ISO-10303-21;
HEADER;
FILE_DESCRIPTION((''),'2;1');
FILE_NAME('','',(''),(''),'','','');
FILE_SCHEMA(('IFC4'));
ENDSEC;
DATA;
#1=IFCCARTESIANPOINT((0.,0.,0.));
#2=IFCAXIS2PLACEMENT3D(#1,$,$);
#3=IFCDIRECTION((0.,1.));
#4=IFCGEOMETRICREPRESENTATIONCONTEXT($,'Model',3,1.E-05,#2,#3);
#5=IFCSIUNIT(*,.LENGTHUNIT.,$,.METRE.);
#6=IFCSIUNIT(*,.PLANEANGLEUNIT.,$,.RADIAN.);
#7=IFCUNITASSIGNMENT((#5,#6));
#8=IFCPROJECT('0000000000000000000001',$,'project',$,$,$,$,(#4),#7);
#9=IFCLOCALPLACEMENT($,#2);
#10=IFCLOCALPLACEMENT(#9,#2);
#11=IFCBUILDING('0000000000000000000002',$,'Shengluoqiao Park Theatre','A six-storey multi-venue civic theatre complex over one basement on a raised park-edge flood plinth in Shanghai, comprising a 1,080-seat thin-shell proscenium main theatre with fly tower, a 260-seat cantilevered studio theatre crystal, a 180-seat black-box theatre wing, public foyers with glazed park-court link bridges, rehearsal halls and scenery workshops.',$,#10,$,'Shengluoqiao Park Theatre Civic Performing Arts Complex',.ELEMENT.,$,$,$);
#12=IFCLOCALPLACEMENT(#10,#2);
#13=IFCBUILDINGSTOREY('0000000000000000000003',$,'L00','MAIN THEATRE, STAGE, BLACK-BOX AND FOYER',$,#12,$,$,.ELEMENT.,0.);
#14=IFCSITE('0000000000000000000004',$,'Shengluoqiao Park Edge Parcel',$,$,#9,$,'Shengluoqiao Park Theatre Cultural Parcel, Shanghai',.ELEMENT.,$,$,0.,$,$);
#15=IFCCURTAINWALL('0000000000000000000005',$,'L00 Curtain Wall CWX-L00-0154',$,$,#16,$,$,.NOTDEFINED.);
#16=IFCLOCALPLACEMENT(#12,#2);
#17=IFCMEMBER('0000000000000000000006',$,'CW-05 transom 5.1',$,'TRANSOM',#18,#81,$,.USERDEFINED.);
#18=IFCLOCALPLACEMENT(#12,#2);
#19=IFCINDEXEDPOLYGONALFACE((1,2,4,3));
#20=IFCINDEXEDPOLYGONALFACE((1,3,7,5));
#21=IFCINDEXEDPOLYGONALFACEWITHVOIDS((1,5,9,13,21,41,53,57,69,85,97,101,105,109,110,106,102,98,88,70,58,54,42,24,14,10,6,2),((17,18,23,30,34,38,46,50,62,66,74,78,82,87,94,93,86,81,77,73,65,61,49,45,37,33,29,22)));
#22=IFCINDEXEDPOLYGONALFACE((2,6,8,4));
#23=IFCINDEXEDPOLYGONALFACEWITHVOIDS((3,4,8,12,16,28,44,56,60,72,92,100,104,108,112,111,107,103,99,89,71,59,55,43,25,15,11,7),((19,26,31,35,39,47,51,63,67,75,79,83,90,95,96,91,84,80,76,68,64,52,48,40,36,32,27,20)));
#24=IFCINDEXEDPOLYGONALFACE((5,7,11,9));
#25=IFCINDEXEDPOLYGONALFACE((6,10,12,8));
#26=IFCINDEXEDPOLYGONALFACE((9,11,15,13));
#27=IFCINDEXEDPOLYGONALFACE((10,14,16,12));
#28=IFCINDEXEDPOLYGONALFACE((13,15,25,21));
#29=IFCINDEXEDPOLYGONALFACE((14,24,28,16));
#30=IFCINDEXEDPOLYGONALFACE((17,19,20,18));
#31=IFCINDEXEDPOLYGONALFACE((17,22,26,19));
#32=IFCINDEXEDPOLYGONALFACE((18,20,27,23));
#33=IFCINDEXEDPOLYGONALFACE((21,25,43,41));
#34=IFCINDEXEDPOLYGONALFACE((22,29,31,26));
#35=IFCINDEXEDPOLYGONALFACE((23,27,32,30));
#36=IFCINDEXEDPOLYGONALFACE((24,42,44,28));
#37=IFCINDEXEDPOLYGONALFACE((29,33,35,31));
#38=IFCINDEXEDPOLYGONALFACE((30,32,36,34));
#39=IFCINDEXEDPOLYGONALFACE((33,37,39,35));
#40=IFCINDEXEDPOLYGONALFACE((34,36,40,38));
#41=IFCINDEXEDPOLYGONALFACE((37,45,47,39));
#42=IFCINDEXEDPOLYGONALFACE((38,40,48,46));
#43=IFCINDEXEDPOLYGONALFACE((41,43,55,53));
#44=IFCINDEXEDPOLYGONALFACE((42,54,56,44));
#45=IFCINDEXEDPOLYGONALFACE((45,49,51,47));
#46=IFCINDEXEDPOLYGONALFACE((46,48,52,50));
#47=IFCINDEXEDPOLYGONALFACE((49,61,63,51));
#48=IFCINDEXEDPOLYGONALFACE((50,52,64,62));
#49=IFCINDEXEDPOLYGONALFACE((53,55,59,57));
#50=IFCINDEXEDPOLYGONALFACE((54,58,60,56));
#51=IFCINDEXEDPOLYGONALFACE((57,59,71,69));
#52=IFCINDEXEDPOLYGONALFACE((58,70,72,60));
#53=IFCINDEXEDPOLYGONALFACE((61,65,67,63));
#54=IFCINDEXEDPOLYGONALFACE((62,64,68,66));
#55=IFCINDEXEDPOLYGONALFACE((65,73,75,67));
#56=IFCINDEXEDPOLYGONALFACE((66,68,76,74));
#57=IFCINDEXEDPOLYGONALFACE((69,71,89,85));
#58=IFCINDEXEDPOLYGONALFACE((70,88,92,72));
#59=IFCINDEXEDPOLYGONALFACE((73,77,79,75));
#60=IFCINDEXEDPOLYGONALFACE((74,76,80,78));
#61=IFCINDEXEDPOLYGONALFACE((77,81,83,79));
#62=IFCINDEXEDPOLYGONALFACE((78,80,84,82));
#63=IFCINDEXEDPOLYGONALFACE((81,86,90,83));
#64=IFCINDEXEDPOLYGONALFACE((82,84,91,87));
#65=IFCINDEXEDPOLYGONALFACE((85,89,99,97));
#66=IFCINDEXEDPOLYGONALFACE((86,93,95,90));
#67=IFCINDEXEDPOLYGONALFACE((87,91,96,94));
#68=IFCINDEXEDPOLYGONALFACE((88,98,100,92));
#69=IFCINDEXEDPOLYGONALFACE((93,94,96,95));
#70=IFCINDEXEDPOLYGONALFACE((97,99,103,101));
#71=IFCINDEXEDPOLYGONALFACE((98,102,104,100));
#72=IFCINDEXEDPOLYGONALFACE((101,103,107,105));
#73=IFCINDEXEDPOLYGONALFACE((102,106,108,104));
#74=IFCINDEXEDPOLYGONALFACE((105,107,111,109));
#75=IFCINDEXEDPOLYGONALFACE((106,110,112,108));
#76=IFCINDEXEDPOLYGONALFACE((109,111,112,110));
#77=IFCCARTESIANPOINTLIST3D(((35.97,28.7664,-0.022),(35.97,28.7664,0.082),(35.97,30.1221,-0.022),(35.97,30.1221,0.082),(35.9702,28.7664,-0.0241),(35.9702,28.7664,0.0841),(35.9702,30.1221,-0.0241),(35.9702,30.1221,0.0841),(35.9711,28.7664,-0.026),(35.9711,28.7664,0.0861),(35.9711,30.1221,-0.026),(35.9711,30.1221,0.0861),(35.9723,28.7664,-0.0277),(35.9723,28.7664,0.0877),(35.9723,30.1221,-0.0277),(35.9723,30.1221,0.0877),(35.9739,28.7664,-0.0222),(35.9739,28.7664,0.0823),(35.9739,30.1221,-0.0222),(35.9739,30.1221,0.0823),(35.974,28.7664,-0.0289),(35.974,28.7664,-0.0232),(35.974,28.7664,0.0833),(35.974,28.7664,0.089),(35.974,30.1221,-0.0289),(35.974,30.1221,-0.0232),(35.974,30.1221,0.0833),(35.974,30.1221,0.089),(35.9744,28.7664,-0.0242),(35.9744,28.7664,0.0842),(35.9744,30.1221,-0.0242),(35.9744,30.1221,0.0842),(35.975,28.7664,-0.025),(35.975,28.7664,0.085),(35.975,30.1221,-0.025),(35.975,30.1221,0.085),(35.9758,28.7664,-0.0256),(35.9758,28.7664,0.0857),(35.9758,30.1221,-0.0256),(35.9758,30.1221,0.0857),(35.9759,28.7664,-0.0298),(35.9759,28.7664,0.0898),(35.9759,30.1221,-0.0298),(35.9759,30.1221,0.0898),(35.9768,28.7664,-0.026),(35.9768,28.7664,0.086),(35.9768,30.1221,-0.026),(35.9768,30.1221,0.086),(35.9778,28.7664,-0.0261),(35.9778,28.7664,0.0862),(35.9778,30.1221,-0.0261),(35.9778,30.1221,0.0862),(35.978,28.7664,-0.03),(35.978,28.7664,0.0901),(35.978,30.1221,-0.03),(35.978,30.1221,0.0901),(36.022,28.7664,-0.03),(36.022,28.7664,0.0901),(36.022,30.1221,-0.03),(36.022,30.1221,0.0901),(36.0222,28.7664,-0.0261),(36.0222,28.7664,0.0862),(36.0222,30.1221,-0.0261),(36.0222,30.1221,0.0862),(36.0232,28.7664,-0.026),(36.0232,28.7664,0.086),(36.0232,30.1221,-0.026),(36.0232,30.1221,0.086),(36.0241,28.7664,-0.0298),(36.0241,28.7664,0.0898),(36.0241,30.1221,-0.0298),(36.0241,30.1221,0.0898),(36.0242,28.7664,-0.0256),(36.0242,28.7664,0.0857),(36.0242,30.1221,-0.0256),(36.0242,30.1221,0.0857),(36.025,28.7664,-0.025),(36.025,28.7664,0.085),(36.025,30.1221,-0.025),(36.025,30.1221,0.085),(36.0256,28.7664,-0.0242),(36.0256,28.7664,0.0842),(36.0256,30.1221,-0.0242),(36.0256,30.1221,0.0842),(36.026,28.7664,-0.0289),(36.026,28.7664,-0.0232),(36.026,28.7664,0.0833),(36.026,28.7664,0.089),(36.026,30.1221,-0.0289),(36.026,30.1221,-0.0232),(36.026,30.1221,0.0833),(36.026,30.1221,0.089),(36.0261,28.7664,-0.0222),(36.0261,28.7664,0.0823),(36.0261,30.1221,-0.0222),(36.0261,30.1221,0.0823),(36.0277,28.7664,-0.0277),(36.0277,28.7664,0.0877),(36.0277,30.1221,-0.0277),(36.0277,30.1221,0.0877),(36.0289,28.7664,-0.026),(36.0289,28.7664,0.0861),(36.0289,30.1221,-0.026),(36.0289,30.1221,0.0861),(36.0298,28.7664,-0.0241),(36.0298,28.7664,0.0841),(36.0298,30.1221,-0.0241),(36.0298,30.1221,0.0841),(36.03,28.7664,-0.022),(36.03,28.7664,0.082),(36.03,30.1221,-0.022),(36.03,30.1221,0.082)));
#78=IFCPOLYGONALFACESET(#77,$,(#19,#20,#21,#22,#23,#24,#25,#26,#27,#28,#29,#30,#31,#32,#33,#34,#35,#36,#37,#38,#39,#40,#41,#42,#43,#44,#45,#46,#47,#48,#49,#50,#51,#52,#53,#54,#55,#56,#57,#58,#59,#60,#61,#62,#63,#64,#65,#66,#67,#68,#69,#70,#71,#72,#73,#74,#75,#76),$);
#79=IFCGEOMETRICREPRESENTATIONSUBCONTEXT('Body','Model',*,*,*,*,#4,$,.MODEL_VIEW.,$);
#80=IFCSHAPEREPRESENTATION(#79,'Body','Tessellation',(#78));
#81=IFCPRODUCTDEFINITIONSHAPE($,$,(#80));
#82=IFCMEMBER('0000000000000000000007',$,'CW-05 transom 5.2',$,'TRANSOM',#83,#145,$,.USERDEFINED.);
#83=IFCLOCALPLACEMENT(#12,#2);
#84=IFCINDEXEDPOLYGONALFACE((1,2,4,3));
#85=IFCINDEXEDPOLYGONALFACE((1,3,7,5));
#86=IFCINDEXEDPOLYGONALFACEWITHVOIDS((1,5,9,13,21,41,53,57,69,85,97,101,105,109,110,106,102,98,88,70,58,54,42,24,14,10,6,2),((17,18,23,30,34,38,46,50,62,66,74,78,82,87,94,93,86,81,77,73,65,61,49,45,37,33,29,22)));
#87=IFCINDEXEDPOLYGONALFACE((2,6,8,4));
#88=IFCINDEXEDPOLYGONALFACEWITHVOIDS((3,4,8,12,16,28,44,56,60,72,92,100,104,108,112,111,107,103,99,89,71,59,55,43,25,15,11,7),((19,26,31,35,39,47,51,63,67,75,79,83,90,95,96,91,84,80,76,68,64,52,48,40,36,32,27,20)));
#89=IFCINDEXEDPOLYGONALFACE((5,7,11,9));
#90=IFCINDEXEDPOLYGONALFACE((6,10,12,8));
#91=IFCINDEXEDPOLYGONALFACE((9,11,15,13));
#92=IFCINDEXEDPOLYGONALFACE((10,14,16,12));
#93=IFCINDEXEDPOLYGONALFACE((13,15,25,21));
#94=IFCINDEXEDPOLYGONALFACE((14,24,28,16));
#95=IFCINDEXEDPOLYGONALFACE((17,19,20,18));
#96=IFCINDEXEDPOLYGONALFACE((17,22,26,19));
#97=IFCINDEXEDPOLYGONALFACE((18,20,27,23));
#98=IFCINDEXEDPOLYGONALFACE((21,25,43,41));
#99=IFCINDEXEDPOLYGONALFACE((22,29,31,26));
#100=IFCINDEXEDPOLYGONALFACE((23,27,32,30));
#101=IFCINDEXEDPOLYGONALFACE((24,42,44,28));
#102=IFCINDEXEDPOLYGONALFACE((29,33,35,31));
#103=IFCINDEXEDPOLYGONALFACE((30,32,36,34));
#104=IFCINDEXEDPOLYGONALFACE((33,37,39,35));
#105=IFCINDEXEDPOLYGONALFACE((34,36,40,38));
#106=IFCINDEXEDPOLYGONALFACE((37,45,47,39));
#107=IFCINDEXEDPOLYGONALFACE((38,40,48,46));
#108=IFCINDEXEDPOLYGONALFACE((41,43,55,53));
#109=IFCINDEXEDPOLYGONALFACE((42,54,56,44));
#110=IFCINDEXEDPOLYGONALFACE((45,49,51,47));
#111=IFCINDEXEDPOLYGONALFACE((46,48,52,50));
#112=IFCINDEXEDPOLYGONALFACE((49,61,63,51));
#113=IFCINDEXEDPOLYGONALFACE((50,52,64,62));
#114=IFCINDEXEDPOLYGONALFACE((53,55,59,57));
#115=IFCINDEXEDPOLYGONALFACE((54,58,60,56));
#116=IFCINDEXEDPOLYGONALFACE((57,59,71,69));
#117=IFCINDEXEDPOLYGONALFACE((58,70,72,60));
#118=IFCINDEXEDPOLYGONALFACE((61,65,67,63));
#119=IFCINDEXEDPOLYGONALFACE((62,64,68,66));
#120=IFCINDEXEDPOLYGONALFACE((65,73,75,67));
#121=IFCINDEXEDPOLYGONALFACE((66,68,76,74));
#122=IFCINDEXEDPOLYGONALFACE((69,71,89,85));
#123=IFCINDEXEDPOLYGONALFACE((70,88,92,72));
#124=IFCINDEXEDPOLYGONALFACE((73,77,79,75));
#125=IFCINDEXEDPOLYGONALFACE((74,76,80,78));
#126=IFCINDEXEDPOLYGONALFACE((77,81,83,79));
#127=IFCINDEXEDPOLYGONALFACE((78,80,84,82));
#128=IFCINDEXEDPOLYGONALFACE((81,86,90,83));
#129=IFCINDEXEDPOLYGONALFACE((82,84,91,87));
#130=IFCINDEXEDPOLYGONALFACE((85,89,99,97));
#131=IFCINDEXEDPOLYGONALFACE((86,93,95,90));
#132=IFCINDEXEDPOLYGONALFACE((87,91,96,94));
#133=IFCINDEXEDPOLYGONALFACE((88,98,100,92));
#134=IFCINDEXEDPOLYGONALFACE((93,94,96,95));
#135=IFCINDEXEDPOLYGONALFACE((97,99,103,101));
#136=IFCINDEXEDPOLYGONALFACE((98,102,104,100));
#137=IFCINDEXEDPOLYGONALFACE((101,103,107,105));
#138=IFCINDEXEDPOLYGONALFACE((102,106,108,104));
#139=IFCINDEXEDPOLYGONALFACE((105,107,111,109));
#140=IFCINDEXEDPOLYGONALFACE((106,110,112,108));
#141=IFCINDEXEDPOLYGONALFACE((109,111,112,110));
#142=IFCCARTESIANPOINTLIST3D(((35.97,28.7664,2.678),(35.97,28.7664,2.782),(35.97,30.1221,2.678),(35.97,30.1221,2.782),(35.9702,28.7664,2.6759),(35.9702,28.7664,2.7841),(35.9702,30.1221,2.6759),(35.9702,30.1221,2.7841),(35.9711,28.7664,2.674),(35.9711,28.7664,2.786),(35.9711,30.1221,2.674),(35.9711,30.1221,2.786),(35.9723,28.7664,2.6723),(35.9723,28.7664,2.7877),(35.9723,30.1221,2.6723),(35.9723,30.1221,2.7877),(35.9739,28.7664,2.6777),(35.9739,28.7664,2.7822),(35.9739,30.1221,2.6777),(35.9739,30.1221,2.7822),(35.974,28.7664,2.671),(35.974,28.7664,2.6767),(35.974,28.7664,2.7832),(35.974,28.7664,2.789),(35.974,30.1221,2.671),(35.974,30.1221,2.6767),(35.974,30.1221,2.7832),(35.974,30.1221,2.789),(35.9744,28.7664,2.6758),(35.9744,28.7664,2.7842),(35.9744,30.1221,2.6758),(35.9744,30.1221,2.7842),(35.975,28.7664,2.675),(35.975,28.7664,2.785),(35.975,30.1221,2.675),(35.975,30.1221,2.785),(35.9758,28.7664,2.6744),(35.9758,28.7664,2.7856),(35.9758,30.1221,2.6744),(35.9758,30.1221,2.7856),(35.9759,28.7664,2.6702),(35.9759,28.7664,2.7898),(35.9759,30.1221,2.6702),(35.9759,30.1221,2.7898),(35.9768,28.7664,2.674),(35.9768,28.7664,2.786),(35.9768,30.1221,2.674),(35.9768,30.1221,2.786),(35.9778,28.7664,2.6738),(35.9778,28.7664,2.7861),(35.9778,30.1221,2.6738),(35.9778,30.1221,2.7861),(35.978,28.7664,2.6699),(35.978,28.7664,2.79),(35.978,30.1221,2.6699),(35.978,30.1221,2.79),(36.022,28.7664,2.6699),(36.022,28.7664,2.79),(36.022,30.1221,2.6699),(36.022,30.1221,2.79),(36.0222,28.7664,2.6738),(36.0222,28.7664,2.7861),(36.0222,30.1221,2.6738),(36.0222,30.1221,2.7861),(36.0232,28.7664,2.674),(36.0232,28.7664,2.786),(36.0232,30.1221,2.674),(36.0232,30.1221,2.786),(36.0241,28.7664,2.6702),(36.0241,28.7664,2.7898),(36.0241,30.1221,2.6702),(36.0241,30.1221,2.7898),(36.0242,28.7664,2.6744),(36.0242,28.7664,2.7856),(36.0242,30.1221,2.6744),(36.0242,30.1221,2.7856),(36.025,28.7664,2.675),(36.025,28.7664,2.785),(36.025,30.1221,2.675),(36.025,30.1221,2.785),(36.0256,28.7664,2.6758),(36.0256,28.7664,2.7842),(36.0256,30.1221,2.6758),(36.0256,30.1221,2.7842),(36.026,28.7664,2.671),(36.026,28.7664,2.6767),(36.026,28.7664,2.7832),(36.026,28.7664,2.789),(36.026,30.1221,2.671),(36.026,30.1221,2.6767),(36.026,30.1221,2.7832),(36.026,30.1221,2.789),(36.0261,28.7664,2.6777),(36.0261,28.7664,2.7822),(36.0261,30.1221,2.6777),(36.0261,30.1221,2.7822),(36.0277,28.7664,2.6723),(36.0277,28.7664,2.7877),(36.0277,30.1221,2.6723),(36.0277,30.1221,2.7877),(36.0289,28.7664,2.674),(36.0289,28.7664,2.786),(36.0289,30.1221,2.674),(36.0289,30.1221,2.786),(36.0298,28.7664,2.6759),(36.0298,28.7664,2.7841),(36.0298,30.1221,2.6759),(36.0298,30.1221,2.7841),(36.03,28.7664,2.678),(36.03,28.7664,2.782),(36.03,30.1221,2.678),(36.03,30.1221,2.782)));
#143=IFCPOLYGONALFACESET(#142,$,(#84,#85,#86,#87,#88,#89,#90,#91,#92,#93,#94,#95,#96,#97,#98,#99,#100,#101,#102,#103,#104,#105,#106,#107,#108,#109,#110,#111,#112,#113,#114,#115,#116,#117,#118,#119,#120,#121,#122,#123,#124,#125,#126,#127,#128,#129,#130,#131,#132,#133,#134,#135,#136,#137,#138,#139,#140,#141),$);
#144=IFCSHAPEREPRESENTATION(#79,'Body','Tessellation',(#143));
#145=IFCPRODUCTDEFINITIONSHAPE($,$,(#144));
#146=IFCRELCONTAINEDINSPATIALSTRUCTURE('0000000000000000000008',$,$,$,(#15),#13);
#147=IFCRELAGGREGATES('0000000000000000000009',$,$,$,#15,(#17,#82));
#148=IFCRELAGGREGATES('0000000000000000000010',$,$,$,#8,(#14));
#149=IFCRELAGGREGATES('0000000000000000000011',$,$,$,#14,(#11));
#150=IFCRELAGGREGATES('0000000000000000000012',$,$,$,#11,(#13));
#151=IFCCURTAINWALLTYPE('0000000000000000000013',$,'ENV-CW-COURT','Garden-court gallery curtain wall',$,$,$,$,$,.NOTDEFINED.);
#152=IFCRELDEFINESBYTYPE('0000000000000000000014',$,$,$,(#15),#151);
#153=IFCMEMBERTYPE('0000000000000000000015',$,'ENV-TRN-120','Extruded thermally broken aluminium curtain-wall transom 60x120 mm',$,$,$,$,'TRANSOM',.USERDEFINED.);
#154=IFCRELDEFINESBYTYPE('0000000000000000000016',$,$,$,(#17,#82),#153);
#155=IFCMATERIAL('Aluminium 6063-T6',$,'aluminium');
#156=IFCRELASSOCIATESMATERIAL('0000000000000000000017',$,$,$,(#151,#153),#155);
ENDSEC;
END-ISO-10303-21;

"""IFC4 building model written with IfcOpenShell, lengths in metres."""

from ifc_helpers import new_model, si_unit, direction, frame, origin, origin_2d, place, context, subcontext, project, spatial, hollow_rectangle, extrude, material, material_profile, profile_set, type_object, element, aggregate, save


model = new_model("IFC4")

# Units and contexts
model_context = context("Model", 3, precision=1e-05, world=origin(), true_north=direction((0.0, 1.0)))
body_context = subcontext(model_context, "Body", "Model", "MODEL_VIEW")
ifc_project = project(units=[si_unit("LENGTHUNIT", "METRE"), si_unit("PLANEANGLEUNIT", "RADIAN")], contexts=[model_context])

# Site, building, storey
site_placement = place(None, origin())
site = spatial("IfcSite", under=ifc_project, at=site_placement, Name="Shengluoqiao Park Edge Parcel", LongName="Shengluoqiao Park Theatre Cultural Parcel, Shanghai", CompositionType="ELEMENT", RefElevation=0.0)
building_placement = place(site_placement, origin())
building = spatial("IfcBuilding", under=site, at=building_placement, Name="Shengluoqiao Park Theatre", Description="A six-storey multi-venue civic theatre complex over one basement on a raised park-edge flood plinth in Shanghai, comprising a 1,080-seat thin-shell proscenium main theatre with fly tower, a 260-seat cantilevered studio theatre crystal, a 180-seat black-box theatre wing, public foyers with glazed park-court link bridges, rehearsal halls and scenery workshops.", LongName="Shengluoqiao Park Theatre Civic Performing Arts Complex", CompositionType="ELEMENT")
storey_placement = place(building_placement, origin())
storey = spatial("IfcBuildingStorey", under=building, at=storey_placement, Name="L00", Description="MAIN THEATRE, STAGE, BLACK-BOX AND FOYER", CompositionType="ELEMENT", Elevation=0.0)

# Curtain wall
ifc_material_1 = material(Name="Aluminium 6063-T6", Category="aluminium")
curtain_wall_type = type_object("IfcCurtainWallType", Name="ENV-CW-COURT", Description="Garden-court gallery curtain wall", PredefinedType="NOTDEFINED", material=ifc_material_1)
curtain_wall_1_placement = place(storey_placement, origin())
curtain_wall_1 = element("IfcCurtainWall", 1, at=curtain_wall_1_placement, inside=storey, type_object=curtain_wall_type, Name="L00 Curtain Wall CWX-L00-0154", PredefinedType="NOTDEFINED")

# Members
ifc_material_profile_1 = material_profile(ifc_material_1, hollow_rectangle(XDim=0.0601, YDim=0.1201, WallThickness=0.0039, InnerFilletRadius=0.0039, OuterFilletRadius=0.0081, at=origin_2d()), Name="ALU TRANSOM 120x60x4")
ifc_profile_set_1 = profile_set([ifc_material_profile_1], Name="Aluminium 6063-T6")
member_type_1 = type_object("IfcMemberType", Name="ENV-TRN-120", Description="Extruded thermally broken aluminium curtain-wall transom 60x120 mm", ElementType="TRANSOM", PredefinedType="USERDEFINED", material=ifc_profile_set_1)
member_1_placement = place(storey_placement, frame((36.0, 28.7664, 0.03), z_axis=(0.0, 1.0, 0.0), x_axis=(-1.0, 0.0, 0.0)))
member_1 = element("IfcMember", 2, at=member_1_placement, type_object=member_type_1, Name="CW-05 transom 5.1", ObjectType="TRANSOM", PredefinedType="USERDEFINED", context=body_context, shape_type="SweptSolid", body=[
    extrude(hollow_rectangle(XDim=0.0601, YDim=0.1201, WallThickness=0.0039, InnerFilletRadius=0.0039, OuterFilletRadius=0.0081, at=origin_2d()), origin(), (0.0, 0.0, 1.0), 1.3557),
])
member_2_placement = place(storey_placement, frame((36.0, 28.7664, 2.73), z_axis=(0.0, 1.0, 0.0), x_axis=(-1.0, 0.0, 0.0)))
member_2 = element("IfcMember", 3, at=member_2_placement, type_object=member_type_1, Name="CW-05 transom 5.2", ObjectType="TRANSOM", PredefinedType="USERDEFINED", context=body_context, shape_type="SweptSolid", body=[
    extrude(hollow_rectangle(XDim=0.0601, YDim=0.1201, WallThickness=0.0039, InnerFilletRadius=0.0039, OuterFilletRadius=0.0081, at=origin_2d()), origin(), (0.0, 0.0, 1.0), 1.3557),
])

aggregate(curtain_wall_1, [member_1, member_2])

save(model, "model.ifc")
